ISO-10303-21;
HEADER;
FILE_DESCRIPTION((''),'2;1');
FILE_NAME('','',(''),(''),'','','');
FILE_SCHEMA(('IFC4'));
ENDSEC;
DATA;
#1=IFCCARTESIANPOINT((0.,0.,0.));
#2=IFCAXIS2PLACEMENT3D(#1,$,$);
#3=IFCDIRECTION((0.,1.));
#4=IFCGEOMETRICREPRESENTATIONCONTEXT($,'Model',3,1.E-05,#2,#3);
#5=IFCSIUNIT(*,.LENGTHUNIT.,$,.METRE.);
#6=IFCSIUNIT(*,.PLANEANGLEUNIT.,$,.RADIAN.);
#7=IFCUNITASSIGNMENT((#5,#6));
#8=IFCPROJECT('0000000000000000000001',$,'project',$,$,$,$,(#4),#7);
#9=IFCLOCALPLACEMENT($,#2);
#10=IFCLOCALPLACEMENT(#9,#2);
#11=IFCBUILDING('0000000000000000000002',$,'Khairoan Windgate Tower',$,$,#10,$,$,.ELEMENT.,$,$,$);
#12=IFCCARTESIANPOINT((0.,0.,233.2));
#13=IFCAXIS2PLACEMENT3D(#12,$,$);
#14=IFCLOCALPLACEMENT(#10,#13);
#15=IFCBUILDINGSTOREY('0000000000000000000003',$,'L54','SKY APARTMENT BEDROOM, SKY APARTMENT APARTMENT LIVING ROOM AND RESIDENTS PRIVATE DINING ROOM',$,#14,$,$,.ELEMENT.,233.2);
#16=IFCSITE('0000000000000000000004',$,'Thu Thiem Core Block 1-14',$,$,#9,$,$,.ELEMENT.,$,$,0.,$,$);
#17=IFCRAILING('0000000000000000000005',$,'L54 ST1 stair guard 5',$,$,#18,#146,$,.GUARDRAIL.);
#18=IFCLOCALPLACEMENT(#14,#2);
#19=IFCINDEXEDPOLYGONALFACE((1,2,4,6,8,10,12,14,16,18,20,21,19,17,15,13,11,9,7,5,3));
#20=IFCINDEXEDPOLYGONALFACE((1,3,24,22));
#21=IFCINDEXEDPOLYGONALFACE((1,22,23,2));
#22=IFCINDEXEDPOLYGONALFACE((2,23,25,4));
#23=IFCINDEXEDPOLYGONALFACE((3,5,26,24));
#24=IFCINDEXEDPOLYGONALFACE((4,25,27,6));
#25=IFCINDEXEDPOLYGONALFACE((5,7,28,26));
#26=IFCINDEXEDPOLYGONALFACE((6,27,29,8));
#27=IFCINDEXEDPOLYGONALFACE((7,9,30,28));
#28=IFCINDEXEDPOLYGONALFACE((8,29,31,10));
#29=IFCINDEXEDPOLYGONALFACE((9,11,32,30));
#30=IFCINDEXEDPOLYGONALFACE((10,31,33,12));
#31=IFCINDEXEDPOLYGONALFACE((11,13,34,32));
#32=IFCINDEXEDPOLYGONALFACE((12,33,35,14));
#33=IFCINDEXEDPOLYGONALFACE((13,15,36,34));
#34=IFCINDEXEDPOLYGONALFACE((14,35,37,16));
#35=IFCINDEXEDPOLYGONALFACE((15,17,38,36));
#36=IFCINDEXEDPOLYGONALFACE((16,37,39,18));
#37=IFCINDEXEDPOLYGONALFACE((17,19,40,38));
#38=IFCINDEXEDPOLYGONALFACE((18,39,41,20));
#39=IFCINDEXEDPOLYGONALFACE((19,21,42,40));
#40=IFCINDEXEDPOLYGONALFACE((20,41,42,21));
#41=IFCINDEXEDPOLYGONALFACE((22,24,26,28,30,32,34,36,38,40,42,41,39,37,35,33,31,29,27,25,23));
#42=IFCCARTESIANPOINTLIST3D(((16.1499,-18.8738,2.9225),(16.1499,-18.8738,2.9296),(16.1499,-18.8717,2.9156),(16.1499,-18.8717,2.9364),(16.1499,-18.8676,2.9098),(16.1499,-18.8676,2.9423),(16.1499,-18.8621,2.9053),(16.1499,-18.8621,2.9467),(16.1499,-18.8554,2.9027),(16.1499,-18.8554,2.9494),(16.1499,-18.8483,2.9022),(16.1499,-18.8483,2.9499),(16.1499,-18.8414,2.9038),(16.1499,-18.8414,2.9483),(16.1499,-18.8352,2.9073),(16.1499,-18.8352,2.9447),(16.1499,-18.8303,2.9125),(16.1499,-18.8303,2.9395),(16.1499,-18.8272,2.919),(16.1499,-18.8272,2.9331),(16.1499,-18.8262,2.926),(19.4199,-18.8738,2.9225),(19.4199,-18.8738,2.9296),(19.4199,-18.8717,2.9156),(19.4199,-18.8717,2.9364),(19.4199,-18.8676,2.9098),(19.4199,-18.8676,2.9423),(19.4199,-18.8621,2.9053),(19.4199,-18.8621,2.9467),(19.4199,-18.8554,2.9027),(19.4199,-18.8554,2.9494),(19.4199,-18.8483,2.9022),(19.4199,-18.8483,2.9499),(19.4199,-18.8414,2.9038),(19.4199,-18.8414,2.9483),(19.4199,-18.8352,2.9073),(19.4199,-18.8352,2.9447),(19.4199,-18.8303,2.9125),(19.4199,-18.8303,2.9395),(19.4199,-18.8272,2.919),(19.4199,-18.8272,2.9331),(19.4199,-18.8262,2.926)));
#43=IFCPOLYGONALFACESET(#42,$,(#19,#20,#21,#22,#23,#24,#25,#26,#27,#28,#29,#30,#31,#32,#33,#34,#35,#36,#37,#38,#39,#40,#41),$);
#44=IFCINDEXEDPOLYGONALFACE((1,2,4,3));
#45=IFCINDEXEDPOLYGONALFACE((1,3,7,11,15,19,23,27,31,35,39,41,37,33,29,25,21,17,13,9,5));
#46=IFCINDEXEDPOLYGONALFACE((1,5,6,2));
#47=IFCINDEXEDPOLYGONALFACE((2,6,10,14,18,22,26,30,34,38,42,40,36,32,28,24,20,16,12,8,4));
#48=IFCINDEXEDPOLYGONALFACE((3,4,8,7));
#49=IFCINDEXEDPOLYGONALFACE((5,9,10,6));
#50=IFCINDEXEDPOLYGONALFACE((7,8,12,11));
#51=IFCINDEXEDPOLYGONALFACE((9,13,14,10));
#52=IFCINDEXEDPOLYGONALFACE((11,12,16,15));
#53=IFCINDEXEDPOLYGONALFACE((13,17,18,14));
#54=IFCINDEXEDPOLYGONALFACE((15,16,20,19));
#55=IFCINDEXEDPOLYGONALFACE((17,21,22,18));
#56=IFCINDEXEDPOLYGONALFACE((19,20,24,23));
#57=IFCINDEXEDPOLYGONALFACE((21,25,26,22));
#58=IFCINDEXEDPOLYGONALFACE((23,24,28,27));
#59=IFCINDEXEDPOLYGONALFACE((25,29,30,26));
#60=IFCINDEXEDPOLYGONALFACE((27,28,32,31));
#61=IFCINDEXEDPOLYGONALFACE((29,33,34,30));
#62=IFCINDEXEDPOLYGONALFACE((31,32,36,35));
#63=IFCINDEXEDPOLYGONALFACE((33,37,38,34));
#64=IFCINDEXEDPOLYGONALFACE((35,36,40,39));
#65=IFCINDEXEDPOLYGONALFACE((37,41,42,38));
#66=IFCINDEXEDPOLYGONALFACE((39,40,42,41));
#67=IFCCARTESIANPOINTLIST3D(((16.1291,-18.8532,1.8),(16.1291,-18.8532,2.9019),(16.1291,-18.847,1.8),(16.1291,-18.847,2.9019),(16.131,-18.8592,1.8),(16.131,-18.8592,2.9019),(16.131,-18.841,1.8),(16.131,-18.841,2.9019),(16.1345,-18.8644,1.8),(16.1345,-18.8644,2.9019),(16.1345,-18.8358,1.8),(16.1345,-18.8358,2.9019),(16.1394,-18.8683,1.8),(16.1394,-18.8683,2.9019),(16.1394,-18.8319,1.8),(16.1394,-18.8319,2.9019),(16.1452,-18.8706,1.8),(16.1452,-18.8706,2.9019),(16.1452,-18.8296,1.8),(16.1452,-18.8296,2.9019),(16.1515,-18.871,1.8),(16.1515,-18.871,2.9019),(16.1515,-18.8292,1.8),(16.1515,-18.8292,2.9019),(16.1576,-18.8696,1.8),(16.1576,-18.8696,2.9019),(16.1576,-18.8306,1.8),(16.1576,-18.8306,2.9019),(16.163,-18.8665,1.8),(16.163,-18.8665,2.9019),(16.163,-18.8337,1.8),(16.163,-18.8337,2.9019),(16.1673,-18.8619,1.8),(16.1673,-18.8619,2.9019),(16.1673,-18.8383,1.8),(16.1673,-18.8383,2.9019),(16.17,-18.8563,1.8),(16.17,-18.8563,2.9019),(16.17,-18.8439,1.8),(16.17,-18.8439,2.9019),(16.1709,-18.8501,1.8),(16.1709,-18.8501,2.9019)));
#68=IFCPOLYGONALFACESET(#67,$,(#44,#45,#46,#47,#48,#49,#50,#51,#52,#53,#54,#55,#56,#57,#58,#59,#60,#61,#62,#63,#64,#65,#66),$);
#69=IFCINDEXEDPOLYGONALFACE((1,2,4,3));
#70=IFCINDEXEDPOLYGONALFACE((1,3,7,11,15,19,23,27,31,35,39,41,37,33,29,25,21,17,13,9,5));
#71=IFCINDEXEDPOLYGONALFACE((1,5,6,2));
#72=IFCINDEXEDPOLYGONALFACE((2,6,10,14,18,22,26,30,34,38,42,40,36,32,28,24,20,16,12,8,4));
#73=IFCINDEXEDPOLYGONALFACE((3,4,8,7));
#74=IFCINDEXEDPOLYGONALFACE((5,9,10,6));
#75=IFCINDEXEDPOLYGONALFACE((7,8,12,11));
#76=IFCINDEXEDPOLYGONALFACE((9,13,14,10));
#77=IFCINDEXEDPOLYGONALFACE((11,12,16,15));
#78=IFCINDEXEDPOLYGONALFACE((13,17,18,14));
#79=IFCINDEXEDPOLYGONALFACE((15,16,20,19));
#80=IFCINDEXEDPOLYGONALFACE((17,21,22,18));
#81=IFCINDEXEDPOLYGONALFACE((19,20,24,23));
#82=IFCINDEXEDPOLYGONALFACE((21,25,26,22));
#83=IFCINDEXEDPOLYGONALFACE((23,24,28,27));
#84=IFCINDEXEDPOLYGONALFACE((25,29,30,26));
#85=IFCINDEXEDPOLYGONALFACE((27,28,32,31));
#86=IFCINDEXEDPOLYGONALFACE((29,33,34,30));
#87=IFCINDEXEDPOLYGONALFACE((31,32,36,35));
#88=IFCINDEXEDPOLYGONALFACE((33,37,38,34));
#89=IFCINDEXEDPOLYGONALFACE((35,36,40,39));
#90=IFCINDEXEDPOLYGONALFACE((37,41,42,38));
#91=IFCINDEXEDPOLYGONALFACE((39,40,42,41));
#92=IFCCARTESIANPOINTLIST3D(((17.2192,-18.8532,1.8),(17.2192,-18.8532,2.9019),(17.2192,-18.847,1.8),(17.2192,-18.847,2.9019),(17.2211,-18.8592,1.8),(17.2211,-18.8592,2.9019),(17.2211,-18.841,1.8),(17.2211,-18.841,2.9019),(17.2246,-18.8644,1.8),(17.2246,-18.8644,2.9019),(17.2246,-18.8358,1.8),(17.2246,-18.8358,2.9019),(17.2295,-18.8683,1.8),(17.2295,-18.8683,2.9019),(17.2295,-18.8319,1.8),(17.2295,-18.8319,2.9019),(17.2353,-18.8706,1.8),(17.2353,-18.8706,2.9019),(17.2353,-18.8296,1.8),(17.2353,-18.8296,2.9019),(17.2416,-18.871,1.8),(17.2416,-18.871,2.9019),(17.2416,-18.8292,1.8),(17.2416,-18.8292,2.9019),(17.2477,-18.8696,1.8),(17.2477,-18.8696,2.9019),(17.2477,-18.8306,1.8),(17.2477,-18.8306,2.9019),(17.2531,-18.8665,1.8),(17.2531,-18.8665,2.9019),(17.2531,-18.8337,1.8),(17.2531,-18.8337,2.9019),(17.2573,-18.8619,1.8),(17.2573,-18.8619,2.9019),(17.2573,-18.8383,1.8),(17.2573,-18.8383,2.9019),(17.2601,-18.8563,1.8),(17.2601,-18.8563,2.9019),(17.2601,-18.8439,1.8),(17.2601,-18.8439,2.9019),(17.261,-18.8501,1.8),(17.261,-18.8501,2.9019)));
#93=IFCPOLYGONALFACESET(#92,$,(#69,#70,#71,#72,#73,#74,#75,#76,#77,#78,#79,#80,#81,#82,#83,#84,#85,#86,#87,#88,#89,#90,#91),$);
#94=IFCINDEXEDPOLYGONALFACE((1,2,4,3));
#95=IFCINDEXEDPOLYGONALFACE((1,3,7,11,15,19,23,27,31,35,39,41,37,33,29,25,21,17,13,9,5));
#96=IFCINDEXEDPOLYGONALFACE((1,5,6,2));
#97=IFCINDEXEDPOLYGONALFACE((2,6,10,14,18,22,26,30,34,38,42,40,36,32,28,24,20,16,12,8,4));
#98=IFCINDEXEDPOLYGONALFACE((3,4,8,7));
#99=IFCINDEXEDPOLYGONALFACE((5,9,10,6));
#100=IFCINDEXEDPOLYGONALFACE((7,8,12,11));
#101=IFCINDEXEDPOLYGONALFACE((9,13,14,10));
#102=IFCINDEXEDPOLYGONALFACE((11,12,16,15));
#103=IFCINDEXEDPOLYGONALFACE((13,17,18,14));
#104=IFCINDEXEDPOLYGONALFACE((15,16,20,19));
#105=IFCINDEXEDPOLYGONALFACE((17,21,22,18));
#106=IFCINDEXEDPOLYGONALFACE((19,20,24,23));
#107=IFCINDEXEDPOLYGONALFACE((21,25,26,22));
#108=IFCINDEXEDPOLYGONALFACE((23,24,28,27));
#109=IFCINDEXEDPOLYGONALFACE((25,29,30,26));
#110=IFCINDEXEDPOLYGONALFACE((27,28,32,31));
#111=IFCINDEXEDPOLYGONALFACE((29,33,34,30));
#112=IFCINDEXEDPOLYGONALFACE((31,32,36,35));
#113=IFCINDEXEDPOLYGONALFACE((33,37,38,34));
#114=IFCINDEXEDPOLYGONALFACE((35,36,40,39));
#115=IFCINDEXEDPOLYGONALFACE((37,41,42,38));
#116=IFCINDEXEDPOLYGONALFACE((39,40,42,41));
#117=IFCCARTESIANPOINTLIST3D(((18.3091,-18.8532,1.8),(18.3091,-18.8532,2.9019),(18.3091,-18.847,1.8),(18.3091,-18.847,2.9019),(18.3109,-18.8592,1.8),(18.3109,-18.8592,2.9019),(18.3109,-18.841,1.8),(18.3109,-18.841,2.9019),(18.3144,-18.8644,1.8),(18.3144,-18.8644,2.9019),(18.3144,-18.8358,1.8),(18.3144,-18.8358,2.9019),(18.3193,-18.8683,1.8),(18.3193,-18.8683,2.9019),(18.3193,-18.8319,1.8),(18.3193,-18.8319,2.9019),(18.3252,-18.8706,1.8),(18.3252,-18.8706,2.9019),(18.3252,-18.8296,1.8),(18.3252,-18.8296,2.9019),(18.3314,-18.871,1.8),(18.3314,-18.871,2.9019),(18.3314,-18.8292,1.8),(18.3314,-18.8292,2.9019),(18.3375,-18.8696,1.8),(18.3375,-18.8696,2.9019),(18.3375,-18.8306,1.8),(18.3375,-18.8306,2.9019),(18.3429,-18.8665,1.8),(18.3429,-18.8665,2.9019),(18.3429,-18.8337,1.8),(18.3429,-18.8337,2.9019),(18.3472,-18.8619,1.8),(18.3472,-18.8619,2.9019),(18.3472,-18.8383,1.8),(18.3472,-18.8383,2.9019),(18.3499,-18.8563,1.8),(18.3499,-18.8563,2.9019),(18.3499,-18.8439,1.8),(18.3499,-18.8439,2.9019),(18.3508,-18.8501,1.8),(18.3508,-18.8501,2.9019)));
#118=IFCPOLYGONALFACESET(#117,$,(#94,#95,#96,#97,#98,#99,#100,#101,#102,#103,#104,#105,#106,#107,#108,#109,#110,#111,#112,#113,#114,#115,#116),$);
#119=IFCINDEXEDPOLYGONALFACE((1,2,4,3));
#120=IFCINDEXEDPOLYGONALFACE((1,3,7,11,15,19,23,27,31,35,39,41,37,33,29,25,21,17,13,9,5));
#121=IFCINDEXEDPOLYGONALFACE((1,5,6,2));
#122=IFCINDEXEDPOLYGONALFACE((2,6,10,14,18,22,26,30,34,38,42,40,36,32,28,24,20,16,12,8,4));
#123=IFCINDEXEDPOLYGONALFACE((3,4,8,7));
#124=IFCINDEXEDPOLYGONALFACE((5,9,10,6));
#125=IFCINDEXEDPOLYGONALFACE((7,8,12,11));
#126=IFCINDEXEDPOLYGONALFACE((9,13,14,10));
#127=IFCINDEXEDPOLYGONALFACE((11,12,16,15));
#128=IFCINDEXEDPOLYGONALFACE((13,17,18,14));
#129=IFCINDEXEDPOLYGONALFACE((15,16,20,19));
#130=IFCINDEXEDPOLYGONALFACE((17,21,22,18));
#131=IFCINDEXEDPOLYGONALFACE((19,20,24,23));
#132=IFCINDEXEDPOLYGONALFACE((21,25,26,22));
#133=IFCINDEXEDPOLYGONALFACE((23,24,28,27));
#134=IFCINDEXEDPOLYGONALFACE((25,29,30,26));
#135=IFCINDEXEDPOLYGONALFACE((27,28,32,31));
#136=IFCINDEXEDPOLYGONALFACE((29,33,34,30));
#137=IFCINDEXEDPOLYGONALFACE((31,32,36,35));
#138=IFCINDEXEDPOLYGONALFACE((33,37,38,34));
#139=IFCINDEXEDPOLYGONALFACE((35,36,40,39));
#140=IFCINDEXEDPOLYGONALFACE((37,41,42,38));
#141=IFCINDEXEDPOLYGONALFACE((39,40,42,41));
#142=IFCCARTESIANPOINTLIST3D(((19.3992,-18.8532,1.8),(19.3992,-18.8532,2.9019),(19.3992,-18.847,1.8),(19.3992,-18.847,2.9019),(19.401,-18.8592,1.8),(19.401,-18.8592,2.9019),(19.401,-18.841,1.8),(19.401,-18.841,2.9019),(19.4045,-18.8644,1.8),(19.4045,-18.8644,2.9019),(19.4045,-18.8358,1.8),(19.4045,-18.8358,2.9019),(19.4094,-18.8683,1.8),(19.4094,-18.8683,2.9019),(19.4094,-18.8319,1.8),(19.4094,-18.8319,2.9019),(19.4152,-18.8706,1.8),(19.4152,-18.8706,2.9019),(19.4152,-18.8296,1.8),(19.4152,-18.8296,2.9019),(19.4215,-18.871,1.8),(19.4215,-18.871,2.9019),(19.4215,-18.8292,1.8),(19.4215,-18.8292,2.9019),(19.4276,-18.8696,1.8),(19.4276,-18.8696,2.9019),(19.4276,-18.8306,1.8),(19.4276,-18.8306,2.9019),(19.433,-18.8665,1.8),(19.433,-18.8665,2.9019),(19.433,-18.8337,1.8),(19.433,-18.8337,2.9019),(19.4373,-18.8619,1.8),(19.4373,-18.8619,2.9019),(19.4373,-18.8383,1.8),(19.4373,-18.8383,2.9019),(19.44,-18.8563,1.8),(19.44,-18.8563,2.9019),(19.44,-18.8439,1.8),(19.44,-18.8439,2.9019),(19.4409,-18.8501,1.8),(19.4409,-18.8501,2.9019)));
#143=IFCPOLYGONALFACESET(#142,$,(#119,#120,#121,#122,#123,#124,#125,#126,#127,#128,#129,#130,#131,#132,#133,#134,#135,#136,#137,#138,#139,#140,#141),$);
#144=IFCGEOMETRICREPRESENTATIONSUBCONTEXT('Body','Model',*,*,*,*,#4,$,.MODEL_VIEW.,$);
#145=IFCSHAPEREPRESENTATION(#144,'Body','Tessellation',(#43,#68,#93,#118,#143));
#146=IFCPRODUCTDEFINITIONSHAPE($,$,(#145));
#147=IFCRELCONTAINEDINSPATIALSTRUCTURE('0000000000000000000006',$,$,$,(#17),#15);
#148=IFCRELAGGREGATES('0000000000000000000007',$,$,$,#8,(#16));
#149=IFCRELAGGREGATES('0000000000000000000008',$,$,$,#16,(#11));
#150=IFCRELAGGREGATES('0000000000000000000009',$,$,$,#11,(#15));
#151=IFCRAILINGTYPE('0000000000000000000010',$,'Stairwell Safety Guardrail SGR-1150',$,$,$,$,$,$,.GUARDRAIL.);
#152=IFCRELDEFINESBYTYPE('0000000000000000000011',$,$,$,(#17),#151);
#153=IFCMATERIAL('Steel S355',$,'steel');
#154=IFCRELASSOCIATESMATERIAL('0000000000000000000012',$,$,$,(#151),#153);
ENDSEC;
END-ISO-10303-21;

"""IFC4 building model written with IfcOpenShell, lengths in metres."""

from ifc_helpers import new_model, si_unit, direction, frame, origin, origin_2d, place, context, subcontext, project, spatial, circle, extrude, material, type_object, element, save


model = new_model("IFC4")

# Units and contexts
model_context = context("Model", 3, precision=1e-05, world=origin(), true_north=direction((0.0, 1.0)))
body_context = subcontext(model_context, "Body", "Model", "MODEL_VIEW")
ifc_project = project(units=[si_unit("LENGTHUNIT", "METRE"), si_unit("PLANEANGLEUNIT", "RADIAN")], contexts=[model_context])

# Site, building, storey
site_placement = place(None, origin())
site = spatial("IfcSite", under=ifc_project, at=site_placement, Name="Thu Thiem Core Block 1-14", CompositionType="ELEMENT", RefElevation=0.0)
building_placement = place(site_placement, origin())
building = spatial("IfcBuilding", under=site, at=building_placement, Name="Khairoan Windgate Tower", CompositionType="ELEMENT")
storey_placement = place(building_placement, frame((0.0, 0.0, 233.2)))
storey = spatial("IfcBuildingStorey", under=building, at=storey_placement, Name="L54", Description="SKY APARTMENT BEDROOM, SKY APARTMENT APARTMENT LIVING ROOM AND RESIDENTS PRIVATE DINING ROOM", CompositionType="ELEMENT", Elevation=233.2)

# Railing
ifc_material_1 = material(Name="Steel S355", Category="steel")
railing_type = type_object("IfcRailingType", Name="Stairwell Safety Guardrail SGR-1150", PredefinedType="GUARDRAIL", material=ifc_material_1)
railing_1_placement = place(storey_placement, frame((16.1499, -18.8501, 1.8)))
element("IfcRailing", 1, at=railing_1_placement, inside=storey, type_object=railing_type, Name="L54 ST1 stair guard 5", PredefinedType="GUARDRAIL", context=body_context, shape_type="SweptSolid", body=[
    extrude(circle(Radius=0.0239, at=origin_2d()), frame((0.0, 0.0, 1.126), z_axis=(1.0, 0.0, 0.0), x_axis=(0.0, 1.0, 0.0)), (0.0, 0.0, 1.0), 3.27),
    extrude(circle(Radius=0.021, at=origin_2d()), origin(), (0.0, 0.0, 1.0), 1.1018),
    extrude(circle(Radius=0.021, at=origin_2d()), frame((1.0901, 0.0, 0.0)), (0.0, 0.0, 1.0), 1.1018),
    extrude(circle(Radius=0.021, at=origin_2d()), frame((2.1799, 0.0, 0.0)), (0.0, 0.0, 1.0), 1.1018),
    extrude(circle(Radius=0.021, at=origin_2d()), frame((3.27, 0.0, 0.0)), (0.0, 0.0, 1.0), 1.1018),
])

save(model, "model.ifc")
